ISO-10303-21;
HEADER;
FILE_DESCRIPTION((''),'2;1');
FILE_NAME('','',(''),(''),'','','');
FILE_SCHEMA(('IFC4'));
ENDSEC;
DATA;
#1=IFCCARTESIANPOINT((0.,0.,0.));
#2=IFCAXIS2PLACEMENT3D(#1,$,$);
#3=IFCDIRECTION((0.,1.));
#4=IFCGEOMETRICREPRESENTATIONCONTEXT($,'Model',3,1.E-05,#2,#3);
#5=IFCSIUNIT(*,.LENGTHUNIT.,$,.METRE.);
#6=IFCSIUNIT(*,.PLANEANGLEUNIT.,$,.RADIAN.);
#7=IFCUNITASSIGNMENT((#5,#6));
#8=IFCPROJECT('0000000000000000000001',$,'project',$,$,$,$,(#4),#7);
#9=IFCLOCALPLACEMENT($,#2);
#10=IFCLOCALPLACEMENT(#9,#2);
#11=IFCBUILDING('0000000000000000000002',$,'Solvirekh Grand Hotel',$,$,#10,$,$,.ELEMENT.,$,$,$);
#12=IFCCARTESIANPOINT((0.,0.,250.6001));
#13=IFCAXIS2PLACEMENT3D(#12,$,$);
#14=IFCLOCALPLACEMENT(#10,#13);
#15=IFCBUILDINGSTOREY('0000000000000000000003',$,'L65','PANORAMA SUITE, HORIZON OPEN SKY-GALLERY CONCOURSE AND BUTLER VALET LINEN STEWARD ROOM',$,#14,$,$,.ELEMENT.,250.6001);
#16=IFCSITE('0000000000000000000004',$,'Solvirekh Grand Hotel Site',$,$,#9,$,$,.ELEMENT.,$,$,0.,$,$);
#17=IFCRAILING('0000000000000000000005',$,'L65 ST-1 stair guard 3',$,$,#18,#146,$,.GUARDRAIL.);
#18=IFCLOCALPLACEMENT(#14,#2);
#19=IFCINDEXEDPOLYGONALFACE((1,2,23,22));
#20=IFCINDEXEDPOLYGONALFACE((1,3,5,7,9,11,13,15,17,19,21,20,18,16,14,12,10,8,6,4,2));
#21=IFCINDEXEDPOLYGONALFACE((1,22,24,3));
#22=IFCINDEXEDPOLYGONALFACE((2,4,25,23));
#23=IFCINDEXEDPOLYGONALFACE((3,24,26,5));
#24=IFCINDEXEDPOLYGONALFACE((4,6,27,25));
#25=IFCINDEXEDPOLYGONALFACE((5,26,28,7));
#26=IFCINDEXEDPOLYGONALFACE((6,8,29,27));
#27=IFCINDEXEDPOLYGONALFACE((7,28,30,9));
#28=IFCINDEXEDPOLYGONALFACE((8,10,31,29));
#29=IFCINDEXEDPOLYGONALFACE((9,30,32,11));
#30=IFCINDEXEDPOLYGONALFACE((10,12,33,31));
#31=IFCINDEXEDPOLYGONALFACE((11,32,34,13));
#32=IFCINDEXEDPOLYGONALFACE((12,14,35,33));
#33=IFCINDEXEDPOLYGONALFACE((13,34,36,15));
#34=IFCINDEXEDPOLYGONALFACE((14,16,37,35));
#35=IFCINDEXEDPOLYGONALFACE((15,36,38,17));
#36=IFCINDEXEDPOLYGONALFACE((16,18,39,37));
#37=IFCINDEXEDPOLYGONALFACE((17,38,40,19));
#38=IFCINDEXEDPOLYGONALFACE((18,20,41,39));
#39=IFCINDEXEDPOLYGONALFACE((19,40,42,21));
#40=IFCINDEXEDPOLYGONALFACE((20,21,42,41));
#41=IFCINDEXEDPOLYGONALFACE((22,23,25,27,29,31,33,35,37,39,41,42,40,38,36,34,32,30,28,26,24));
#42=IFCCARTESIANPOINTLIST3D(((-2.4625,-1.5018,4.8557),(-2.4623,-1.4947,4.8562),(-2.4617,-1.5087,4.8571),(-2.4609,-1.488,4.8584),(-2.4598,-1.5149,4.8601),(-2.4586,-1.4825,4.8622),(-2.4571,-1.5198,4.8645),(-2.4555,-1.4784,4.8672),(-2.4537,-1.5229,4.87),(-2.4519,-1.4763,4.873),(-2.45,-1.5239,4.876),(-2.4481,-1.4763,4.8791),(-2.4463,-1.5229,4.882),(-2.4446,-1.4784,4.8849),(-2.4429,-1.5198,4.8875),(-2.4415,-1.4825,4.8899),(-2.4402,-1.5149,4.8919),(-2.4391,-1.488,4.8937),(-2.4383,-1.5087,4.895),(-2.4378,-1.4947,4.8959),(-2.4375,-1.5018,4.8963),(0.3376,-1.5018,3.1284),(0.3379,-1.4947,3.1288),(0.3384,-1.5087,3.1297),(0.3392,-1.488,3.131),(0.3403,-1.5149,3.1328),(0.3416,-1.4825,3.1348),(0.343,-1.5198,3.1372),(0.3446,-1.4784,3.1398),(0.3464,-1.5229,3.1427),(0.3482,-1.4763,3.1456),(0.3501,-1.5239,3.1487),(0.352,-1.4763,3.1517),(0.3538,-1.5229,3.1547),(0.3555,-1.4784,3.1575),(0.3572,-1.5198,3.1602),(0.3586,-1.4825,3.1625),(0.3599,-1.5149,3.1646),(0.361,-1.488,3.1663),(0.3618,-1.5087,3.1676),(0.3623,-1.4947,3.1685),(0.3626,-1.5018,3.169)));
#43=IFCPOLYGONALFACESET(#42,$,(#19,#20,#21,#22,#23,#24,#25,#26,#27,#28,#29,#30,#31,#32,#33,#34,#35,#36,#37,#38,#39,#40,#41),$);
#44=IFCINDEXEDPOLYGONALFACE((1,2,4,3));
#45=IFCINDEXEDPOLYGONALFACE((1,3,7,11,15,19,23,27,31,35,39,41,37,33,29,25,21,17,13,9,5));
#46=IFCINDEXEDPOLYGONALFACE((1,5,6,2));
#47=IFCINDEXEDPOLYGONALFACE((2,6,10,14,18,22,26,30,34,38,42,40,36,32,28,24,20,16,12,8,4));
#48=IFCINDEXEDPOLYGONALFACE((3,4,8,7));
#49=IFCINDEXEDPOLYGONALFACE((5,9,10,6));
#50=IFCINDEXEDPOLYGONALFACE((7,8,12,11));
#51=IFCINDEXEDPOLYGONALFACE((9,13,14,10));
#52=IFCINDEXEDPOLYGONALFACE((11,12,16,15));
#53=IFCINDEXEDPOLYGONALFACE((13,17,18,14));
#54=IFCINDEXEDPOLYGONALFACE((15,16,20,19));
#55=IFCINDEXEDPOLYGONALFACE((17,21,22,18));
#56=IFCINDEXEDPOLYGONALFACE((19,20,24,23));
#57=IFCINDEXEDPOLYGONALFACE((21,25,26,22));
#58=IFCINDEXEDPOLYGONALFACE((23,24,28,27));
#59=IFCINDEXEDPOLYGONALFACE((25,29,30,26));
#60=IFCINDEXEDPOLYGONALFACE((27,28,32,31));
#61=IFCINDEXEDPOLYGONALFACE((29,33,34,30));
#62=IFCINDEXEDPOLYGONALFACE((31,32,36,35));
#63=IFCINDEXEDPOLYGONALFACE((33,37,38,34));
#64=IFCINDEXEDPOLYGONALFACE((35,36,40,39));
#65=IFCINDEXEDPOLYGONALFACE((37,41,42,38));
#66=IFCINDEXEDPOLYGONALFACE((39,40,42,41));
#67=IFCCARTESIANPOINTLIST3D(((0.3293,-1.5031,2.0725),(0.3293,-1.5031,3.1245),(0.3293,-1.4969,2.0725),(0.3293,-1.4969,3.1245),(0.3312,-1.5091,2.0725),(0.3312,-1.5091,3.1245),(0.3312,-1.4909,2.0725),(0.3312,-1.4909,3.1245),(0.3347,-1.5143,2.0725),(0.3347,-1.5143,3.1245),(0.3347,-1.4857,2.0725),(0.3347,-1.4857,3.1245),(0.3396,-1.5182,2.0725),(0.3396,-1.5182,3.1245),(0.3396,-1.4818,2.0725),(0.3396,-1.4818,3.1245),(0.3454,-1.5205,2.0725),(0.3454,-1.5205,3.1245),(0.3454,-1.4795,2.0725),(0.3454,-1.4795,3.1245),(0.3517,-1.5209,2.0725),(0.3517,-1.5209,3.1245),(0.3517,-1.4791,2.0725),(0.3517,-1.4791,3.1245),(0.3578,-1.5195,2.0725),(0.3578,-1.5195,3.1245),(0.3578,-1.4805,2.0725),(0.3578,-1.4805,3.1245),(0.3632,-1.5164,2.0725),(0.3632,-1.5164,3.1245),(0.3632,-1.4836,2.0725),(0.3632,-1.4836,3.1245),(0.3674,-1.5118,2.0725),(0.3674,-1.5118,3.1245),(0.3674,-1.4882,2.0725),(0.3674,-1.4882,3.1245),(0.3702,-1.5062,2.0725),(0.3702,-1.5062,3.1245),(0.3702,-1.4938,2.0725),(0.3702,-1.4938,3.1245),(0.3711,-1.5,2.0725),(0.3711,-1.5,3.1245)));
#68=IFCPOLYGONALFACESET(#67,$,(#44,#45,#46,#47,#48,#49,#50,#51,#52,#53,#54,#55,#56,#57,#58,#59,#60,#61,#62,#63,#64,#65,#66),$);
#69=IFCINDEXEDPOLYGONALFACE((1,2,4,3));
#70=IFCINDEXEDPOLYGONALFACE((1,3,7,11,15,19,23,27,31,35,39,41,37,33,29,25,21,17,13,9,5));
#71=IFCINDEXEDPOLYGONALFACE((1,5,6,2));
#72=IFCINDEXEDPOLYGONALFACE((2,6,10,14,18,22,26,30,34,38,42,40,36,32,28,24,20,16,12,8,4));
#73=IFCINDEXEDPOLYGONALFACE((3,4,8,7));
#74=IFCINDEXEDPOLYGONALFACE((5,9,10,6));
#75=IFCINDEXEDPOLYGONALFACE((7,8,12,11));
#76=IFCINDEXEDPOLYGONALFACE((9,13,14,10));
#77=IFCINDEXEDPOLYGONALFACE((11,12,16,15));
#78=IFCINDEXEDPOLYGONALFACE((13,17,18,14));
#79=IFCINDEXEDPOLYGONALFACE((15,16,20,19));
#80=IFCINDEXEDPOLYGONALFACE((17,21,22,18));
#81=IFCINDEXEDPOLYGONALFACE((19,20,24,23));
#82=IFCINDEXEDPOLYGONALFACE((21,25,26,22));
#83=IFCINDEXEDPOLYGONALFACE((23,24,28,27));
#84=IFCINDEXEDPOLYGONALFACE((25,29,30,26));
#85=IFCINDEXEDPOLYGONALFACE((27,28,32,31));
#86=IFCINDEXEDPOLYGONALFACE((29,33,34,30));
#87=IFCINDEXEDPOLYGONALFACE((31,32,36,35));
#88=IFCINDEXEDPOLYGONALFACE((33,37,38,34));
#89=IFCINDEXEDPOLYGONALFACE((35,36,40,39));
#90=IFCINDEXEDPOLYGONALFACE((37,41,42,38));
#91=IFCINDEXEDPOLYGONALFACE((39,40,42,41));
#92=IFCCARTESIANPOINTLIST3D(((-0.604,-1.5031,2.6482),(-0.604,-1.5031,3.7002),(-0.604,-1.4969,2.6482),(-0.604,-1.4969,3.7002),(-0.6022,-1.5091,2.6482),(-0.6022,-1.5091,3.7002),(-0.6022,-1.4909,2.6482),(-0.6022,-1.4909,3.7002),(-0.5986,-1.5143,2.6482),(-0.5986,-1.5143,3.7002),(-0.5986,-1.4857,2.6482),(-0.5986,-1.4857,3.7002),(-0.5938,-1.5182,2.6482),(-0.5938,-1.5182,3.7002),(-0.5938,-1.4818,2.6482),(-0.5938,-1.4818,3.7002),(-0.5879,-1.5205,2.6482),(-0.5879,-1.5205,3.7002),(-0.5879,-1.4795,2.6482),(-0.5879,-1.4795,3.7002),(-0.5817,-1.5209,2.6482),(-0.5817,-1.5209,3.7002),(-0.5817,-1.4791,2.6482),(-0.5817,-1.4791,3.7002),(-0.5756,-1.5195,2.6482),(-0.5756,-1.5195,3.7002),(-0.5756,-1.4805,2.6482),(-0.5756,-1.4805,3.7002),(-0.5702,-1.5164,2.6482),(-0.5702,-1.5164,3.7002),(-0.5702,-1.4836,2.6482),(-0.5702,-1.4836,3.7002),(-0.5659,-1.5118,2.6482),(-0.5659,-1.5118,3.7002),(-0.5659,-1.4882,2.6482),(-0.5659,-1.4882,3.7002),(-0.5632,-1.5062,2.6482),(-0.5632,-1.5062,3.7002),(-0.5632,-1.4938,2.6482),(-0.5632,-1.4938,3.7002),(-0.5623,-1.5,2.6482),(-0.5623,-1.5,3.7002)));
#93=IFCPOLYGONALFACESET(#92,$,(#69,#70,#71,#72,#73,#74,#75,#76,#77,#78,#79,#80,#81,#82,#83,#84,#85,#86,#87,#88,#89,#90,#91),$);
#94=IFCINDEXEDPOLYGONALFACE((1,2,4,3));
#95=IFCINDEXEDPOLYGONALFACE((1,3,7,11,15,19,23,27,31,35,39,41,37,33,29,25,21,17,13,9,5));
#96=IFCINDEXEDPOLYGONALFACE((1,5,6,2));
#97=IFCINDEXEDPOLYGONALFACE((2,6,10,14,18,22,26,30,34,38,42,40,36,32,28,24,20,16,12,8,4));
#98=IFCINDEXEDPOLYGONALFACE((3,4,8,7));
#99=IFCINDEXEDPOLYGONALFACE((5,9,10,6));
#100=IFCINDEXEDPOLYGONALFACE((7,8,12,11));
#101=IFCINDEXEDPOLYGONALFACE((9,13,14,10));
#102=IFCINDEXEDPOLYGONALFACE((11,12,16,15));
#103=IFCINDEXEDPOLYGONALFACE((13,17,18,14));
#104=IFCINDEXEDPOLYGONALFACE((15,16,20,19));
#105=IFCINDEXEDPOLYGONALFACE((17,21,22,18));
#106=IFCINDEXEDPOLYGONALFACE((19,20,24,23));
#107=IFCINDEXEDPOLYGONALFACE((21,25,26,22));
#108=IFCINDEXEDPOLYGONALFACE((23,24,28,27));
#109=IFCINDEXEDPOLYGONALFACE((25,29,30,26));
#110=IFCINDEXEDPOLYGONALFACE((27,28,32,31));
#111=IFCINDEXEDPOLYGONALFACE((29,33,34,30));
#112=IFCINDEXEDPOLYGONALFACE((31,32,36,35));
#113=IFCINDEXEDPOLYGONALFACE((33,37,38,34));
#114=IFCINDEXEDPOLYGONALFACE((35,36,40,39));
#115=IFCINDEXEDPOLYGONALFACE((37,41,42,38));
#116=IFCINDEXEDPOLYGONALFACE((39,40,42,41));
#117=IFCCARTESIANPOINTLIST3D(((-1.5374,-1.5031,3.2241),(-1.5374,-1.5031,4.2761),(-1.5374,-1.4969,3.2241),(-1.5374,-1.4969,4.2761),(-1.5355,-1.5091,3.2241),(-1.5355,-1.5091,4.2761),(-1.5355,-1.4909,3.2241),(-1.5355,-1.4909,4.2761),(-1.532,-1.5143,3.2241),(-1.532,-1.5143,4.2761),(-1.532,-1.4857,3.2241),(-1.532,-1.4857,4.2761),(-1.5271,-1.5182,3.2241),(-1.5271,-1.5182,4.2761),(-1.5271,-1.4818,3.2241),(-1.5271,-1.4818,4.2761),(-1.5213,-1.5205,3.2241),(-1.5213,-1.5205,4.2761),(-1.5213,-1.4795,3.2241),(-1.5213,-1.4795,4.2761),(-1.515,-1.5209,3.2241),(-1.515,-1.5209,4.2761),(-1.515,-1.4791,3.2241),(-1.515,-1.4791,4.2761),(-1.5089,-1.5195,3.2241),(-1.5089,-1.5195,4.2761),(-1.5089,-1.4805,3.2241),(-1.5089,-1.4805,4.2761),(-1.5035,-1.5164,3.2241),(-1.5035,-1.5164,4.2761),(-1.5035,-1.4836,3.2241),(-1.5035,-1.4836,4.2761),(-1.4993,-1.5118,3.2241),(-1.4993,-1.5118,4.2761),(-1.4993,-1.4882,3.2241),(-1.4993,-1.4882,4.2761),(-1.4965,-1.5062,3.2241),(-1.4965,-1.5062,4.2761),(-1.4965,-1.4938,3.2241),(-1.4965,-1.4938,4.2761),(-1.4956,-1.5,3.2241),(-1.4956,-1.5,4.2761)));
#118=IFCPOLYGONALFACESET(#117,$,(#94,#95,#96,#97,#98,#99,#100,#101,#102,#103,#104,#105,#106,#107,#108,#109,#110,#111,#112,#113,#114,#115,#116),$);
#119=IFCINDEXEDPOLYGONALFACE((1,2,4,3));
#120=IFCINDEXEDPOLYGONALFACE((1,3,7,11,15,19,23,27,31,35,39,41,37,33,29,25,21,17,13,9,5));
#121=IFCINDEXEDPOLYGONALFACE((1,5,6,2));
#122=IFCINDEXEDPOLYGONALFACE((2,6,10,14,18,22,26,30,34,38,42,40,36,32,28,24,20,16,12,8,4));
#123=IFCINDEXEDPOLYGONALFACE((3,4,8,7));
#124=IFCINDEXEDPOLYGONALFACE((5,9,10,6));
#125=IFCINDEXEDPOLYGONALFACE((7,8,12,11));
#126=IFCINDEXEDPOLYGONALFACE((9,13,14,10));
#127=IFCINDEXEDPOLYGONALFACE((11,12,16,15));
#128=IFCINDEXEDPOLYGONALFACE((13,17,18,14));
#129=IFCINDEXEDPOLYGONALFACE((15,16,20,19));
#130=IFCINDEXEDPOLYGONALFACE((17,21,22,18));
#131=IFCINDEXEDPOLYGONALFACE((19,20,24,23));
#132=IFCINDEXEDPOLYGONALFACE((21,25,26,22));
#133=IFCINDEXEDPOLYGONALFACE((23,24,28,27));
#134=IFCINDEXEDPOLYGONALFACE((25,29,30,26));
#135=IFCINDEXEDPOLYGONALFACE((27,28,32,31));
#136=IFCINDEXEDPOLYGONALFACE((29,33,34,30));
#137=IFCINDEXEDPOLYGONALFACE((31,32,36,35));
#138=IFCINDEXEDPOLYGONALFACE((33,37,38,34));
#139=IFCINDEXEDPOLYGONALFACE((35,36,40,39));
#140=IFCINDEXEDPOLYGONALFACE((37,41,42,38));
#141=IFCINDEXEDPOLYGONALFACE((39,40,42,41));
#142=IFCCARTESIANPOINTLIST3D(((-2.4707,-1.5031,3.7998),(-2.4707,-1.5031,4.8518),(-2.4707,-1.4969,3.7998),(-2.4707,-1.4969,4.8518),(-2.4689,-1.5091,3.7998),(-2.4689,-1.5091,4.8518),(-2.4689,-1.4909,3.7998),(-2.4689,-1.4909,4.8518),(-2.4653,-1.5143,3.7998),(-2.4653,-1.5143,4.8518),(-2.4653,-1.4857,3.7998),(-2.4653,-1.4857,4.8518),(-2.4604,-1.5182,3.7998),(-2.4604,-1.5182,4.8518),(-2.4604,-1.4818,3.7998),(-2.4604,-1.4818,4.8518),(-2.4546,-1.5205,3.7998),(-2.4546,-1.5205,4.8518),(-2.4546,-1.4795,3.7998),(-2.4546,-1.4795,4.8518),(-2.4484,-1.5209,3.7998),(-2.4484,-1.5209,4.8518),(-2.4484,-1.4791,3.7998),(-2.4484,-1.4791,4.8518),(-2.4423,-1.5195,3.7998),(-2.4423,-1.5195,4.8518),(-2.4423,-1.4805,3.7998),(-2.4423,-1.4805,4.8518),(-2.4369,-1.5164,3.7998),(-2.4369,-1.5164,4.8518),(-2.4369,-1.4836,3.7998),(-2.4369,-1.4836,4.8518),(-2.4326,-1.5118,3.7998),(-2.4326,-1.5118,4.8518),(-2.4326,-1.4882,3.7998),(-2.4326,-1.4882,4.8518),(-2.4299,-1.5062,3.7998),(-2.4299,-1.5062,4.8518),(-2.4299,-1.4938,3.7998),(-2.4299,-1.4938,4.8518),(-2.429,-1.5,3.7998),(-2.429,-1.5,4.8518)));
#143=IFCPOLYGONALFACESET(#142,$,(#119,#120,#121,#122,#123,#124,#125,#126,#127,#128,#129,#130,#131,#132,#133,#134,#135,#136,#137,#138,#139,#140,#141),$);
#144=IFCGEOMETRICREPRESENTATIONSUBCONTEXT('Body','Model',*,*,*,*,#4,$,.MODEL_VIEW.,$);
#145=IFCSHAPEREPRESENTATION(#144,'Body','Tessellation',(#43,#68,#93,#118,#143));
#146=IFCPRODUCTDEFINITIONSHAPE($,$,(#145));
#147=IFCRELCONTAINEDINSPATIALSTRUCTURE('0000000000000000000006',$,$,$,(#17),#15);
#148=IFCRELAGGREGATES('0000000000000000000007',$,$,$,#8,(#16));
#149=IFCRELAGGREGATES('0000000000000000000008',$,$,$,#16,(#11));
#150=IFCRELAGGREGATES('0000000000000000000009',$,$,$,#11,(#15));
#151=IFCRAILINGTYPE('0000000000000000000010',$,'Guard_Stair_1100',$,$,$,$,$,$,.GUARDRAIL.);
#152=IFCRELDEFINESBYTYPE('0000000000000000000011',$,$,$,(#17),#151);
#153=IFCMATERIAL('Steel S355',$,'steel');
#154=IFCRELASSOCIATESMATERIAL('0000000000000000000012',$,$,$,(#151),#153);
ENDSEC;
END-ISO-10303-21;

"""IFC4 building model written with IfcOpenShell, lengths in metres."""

from ifc_helpers import new_model, si_unit, direction, frame, origin, origin_2d, place, context, subcontext, project, spatial, circle, extrude, material, type_object, element, save


model = new_model("IFC4")

# Units and contexts
model_context = context("Model", 3, precision=1e-05, world=origin(), true_north=direction((0.0, 1.0)))
body_context = subcontext(model_context, "Body", "Model", "MODEL_VIEW")
ifc_project = project(units=[si_unit("LENGTHUNIT", "METRE"), si_unit("PLANEANGLEUNIT", "RADIAN")], contexts=[model_context])

# Site, building, storey
site_placement = place(None, origin())
site = spatial("IfcSite", under=ifc_project, at=site_placement, Name="Solvirekh Grand Hotel Site", CompositionType="ELEMENT", RefElevation=0.0)
building_placement = place(site_placement, origin())
building = spatial("IfcBuilding", under=site, at=building_placement, Name="Solvirekh Grand Hotel", CompositionType="ELEMENT")
storey_placement = place(building_placement, frame((0.0, 0.0, 250.6001)))
storey = spatial("IfcBuildingStorey", under=building, at=storey_placement, Name="L65", Description="PANORAMA SUITE, HORIZON OPEN SKY-GALLERY CONCOURSE AND BUTLER VALET LINEN STEWARD ROOM", CompositionType="ELEMENT", Elevation=250.6001)

# Shared definitions
ifc_material_1 = material(Name="Steel S355", Category="steel")

# Railing
railing_type_1 = type_object("IfcRailingType", Name="Guard_Stair_1100", PredefinedType="GUARDRAIL", material=ifc_material_1)
railing_1_placement = place(storey_placement, frame((0.3501, -1.5, 2.0725)))
element("IfcRailing", 1, at=railing_1_placement, inside=storey, type_object=railing_type_1, Name="L65 ST-1 stair guard 3", PredefinedType="GUARDRAIL", context=body_context, shape_type="SweptSolid", body=[
    extrude(circle(Radius=0.0239, at=origin_2d()), frame((0.0, 0.0, 1.0762), z_axis=(-0.85109, 0.0, 0.52502), x_axis=(0.0, -1.0, 0.0)), (0.0, 0.0, 1.0), 3.29),
    extrude(circle(Radius=0.021, at=origin_2d()), origin(), (0.0, 0.0, 1.0), 1.052),
    extrude(circle(Radius=0.021, at=origin_2d()), frame((-0.9333, 0.0, 0.5757)), (0.0, 0.0, 1.0), 1.052),
    extrude(circle(Radius=0.021, at=origin_2d()), frame((-1.8667, 0.0, 1.1516)), (0.0, 0.0, 1.0), 1.052),
    extrude(circle(Radius=0.021, at=origin_2d()), frame((-2.8, 0.0, 1.7273)), (0.0, 0.0, 1.0), 1.052),
])

save(model, "model.ifc")
